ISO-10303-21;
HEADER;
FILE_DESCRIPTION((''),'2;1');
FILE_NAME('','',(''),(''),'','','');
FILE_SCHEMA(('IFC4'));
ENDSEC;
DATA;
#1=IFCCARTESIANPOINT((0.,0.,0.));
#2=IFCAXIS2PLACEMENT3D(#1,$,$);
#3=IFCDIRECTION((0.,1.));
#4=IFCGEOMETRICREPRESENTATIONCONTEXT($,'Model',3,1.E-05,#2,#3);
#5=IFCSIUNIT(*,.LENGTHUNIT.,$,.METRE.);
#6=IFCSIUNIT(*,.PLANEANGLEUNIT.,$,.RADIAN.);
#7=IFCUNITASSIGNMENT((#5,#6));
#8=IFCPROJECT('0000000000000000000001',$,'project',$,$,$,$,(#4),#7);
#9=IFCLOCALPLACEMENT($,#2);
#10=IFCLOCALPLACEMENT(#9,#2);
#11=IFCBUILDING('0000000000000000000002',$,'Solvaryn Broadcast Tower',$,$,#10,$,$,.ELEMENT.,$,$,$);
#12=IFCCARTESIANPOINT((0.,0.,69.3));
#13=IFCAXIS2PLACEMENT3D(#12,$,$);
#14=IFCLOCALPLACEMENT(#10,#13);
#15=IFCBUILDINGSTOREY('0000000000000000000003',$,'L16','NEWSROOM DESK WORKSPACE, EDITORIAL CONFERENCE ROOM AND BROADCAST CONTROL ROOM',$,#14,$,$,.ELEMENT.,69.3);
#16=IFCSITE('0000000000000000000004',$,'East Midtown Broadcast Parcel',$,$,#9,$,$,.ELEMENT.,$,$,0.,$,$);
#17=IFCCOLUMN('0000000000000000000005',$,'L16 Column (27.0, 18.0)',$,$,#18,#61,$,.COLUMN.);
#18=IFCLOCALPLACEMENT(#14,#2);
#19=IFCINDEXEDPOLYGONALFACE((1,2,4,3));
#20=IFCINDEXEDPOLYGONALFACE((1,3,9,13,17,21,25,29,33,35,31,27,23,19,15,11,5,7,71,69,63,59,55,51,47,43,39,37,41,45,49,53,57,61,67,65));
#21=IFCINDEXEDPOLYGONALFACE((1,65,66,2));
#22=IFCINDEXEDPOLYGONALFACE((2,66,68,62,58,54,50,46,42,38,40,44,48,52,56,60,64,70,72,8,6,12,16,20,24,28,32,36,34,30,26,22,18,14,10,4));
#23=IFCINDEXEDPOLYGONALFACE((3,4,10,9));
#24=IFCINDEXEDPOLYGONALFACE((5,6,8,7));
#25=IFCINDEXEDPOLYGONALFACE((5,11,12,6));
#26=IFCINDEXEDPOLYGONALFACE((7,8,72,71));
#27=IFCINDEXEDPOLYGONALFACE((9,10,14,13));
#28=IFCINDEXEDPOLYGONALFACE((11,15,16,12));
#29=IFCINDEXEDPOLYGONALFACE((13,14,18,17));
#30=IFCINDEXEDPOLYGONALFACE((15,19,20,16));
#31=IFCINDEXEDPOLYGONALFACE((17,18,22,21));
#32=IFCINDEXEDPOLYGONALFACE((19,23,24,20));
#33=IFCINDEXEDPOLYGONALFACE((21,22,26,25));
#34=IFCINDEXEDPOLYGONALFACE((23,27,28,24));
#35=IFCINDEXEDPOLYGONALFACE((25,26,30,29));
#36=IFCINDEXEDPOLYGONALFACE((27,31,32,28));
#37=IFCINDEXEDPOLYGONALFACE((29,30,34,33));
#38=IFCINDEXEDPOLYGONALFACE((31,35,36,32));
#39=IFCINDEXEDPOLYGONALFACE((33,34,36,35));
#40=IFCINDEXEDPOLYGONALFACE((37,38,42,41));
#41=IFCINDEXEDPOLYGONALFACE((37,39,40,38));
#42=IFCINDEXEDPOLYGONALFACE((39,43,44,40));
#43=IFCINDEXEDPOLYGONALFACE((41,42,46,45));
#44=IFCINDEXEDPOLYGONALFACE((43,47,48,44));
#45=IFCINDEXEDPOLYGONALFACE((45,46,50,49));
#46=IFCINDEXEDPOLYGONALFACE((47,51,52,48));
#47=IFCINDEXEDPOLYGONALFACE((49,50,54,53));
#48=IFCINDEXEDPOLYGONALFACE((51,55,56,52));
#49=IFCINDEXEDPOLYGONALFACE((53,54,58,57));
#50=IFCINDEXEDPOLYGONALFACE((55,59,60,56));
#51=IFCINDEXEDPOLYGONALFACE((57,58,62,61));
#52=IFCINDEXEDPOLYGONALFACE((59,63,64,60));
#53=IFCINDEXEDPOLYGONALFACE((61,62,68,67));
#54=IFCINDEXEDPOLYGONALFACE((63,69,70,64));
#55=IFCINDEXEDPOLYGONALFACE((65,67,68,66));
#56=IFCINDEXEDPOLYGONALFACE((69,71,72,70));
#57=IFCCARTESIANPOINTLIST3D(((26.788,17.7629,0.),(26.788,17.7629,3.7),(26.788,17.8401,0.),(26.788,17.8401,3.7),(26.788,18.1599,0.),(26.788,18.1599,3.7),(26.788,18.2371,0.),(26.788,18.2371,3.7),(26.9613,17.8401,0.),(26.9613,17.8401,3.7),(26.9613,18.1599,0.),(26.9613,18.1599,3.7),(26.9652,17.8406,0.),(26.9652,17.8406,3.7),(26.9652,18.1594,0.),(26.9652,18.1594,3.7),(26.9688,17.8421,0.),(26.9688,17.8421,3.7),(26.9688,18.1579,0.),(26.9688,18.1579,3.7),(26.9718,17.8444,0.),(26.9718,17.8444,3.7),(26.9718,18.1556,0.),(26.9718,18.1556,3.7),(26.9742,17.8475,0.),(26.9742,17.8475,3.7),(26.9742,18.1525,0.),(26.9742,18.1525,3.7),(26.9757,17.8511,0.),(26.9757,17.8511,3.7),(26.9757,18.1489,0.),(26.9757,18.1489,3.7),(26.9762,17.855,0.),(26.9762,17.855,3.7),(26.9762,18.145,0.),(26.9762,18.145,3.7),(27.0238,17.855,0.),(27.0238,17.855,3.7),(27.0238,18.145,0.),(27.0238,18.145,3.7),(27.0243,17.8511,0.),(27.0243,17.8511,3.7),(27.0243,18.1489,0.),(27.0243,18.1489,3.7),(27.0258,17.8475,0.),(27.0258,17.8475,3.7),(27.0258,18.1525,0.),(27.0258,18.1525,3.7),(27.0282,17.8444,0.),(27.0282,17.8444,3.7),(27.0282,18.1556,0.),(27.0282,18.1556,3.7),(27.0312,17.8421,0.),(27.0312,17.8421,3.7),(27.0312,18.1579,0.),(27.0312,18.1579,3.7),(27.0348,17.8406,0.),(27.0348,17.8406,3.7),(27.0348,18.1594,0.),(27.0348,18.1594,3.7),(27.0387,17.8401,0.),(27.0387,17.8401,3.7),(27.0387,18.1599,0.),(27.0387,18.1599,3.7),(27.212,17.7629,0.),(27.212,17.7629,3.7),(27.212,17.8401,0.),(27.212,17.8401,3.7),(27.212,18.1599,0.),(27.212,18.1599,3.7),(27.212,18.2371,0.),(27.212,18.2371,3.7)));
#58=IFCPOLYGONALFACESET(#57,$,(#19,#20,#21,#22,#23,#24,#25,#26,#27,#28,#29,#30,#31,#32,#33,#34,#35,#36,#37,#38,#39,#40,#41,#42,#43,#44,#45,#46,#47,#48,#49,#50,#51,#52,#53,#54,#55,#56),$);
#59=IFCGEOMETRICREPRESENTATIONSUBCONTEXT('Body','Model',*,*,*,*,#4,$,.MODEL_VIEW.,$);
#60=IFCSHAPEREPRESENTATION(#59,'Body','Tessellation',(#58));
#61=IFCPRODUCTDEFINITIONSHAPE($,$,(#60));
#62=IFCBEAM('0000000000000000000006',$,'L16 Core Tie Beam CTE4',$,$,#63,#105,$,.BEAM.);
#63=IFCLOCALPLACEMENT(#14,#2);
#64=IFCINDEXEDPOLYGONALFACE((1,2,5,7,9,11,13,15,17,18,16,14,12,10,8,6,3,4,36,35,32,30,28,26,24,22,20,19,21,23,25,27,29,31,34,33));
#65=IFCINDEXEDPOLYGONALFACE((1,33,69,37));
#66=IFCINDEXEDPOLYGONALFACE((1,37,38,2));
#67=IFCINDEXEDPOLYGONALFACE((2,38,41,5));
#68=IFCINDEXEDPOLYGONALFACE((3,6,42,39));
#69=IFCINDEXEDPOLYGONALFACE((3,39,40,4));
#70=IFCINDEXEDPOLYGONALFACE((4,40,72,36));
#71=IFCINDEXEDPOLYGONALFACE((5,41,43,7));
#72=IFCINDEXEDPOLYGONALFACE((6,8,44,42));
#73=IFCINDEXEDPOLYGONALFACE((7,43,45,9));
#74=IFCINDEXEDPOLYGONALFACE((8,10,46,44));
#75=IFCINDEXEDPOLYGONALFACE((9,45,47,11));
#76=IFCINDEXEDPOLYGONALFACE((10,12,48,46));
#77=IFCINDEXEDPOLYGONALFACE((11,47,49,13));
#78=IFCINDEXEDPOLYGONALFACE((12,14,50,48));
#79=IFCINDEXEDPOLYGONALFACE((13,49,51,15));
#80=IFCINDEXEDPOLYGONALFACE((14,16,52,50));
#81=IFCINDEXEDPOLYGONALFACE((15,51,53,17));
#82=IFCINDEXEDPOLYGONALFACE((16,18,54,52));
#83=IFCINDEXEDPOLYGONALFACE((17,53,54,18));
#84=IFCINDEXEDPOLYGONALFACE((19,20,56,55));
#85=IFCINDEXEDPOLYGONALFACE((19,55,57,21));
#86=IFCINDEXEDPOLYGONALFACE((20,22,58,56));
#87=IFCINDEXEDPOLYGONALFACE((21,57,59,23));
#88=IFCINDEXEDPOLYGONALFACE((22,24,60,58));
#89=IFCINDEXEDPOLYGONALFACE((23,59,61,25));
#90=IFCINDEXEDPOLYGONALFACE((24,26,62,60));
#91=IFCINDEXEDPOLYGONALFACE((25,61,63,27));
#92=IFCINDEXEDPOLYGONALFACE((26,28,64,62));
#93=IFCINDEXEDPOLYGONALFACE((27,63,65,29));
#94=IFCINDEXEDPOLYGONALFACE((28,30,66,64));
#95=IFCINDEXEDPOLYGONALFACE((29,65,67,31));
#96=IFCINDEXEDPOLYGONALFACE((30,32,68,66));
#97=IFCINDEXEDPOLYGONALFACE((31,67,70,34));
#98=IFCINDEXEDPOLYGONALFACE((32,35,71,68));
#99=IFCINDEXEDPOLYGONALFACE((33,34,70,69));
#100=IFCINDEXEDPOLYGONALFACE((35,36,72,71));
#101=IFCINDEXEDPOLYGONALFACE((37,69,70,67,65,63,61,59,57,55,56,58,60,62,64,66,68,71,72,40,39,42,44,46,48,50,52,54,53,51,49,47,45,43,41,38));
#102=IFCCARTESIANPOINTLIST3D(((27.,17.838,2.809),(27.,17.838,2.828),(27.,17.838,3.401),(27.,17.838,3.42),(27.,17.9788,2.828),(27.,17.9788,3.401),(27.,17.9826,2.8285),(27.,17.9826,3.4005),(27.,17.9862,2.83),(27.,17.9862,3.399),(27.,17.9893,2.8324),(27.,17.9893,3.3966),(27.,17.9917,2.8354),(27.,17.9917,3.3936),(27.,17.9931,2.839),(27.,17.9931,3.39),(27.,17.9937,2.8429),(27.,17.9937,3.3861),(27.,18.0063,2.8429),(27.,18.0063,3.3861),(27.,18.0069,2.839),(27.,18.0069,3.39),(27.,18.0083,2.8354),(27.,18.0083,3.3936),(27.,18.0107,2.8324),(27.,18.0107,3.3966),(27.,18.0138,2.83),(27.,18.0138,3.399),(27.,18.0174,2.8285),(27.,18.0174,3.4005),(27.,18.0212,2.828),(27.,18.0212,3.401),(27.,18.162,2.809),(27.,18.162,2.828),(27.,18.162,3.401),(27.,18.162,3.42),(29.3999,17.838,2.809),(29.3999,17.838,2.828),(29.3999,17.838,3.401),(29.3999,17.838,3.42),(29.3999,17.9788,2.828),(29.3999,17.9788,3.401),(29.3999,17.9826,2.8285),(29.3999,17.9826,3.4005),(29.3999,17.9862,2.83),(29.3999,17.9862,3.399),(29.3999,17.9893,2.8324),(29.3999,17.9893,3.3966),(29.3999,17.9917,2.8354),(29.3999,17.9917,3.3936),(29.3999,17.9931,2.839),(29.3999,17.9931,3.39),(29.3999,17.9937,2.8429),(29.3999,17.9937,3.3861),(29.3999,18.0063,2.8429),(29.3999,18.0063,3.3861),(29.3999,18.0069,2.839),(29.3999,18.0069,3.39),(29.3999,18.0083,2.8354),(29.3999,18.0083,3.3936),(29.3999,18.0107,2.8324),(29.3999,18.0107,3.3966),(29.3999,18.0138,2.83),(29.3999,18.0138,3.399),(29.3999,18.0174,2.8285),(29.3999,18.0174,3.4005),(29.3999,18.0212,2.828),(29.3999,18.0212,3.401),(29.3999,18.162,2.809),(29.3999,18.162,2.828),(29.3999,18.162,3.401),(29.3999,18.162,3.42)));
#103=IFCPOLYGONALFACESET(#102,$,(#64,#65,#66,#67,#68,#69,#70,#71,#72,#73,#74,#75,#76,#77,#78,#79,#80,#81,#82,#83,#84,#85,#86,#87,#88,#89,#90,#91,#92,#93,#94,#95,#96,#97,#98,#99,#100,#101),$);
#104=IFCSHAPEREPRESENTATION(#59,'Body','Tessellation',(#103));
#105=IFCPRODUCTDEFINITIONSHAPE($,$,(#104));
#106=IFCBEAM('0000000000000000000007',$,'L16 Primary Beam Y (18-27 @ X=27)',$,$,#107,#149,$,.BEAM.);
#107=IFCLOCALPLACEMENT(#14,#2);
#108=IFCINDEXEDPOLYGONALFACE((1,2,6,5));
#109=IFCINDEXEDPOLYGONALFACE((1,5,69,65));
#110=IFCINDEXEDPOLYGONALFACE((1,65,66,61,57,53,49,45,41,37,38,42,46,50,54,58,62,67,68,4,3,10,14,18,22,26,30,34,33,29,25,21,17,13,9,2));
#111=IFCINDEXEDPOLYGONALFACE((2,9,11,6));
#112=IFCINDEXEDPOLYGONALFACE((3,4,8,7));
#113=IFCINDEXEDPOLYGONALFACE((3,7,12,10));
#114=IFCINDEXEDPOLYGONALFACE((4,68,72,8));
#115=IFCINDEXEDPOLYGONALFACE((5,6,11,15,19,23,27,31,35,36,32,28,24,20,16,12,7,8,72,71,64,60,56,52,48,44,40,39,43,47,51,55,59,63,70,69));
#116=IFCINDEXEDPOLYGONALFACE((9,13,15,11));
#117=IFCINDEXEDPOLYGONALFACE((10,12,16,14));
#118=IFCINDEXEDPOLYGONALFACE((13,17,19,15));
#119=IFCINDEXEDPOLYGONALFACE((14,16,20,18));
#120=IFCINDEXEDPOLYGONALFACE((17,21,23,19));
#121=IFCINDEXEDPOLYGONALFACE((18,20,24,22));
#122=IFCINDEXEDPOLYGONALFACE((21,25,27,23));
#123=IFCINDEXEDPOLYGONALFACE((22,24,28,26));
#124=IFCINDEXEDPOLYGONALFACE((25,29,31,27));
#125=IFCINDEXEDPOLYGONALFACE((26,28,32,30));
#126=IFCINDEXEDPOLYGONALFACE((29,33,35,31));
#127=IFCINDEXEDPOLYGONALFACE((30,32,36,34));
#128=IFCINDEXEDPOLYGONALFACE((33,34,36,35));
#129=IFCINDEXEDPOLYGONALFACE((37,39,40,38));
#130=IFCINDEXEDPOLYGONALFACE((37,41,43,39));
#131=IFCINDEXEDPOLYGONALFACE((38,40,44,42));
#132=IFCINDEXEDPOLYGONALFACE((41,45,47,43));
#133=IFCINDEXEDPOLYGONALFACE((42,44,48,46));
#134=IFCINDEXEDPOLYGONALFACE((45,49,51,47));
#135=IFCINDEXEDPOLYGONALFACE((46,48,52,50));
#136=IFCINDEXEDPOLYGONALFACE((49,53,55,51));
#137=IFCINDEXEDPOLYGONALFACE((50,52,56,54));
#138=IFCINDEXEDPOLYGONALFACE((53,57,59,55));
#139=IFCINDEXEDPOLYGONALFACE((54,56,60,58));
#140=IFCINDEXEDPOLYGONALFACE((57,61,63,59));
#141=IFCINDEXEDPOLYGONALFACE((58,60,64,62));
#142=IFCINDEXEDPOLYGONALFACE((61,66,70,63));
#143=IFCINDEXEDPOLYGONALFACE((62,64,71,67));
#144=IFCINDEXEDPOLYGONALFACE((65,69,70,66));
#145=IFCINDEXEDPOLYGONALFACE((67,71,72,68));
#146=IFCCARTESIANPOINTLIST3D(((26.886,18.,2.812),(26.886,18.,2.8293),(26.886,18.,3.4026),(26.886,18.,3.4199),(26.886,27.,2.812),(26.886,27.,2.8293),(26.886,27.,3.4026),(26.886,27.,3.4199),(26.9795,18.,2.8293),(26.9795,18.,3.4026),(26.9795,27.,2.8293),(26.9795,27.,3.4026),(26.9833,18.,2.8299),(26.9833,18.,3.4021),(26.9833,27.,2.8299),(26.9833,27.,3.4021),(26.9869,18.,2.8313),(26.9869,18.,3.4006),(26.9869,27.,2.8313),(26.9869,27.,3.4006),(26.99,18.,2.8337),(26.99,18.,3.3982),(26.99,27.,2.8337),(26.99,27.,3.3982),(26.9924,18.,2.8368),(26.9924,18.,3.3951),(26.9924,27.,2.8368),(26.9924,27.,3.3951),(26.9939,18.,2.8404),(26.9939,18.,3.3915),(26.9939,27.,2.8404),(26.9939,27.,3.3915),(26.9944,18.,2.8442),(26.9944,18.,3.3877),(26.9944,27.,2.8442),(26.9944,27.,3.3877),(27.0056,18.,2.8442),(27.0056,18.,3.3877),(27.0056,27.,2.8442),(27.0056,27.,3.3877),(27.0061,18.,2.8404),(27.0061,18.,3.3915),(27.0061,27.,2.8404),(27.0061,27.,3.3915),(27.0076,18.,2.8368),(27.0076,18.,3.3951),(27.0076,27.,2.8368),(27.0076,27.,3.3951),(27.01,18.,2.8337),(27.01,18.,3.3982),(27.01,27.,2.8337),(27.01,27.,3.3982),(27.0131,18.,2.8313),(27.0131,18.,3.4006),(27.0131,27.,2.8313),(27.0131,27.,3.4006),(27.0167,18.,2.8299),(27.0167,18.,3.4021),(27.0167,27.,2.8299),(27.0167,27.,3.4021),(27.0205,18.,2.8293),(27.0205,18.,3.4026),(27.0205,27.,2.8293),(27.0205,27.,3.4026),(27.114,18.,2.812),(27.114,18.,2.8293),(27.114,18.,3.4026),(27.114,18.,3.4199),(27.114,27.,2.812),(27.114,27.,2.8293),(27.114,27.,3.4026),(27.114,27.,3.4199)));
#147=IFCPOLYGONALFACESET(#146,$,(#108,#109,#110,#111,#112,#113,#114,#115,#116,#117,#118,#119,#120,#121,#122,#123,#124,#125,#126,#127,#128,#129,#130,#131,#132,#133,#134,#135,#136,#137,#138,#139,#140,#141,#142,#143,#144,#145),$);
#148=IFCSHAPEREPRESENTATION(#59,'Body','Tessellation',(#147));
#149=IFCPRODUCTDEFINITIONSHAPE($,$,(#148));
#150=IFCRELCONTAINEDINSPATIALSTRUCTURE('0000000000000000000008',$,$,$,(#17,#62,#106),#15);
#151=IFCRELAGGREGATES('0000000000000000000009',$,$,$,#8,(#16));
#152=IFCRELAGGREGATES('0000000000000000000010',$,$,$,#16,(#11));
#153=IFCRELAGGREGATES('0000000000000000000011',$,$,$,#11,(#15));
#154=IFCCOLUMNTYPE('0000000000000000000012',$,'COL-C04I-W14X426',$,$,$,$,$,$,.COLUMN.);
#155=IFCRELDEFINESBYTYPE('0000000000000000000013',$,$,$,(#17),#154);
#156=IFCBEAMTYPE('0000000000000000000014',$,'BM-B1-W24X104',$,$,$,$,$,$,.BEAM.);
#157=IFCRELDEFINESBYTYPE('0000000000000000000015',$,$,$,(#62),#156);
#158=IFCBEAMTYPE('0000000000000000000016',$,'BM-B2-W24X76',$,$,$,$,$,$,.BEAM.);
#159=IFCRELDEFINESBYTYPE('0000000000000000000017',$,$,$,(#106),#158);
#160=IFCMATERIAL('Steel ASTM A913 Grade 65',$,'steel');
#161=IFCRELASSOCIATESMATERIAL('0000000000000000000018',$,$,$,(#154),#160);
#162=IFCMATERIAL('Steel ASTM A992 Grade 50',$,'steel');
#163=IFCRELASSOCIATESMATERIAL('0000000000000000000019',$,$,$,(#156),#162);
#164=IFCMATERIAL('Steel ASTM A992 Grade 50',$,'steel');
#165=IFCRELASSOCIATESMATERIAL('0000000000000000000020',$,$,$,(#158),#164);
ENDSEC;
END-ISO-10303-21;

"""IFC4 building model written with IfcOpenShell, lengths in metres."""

from ifc_helpers import new_model, si_unit, direction, frame, origin, origin_2d, place, context, subcontext, project, spatial, i_section, extrude, material, material_profile, profile_set, type_object, element, save


model = new_model("IFC4")

# Units and contexts
model_context = context("Model", 3, precision=1e-05, world=origin(), true_north=direction((0.0, 1.0)))
body_context = subcontext(model_context, "Body", "Model", "MODEL_VIEW")
ifc_project = project(units=[si_unit("LENGTHUNIT", "METRE"), si_unit("PLANEANGLEUNIT", "RADIAN")], contexts=[model_context])

# Site, building, storey
site_placement = place(None, origin())
site = spatial("IfcSite", under=ifc_project, at=site_placement, Name="East Midtown Broadcast Parcel", CompositionType="ELEMENT", RefElevation=0.0)
building_placement = place(site_placement, origin())
building = spatial("IfcBuilding", under=site, at=building_placement, Name="Solvaryn Broadcast Tower", CompositionType="ELEMENT")
storey_placement = place(building_placement, frame((0.0, 0.0, 69.3)))
storey = spatial("IfcBuildingStorey", under=building, at=storey_placement, Name="L16", Description="NEWSROOM DESK WORKSPACE, EDITORIAL CONFERENCE ROOM AND BROADCAST CONTROL ROOM", CompositionType="ELEMENT", Elevation=69.3)

# Column
ifc_material_1 = material(Name="Steel ASTM A913 Grade 65", Category="steel")
ifc_material_profile_1 = material_profile(ifc_material_1, i_section(OverallWidth=0.4241, OverallDepth=0.4741, WebThickness=0.0476, FlangeThickness=0.0771, FilletRadius=0.0149, at=origin_2d()))
ifc_profile_set_1 = profile_set([ifc_material_profile_1], Name="Steel ASTM A913 Grade 65")
column_type = type_object("IfcColumnType", Name="COL-C04I-W14X426", PredefinedType="COLUMN", material=ifc_profile_set_1)
column_placement = place(storey_placement, frame((27.0, 18.0, 0.0), z_axis=(0.0, 0.0, 1.0), x_axis=(1.0, 0.0, 0.0)))
element("IfcColumn", 1, at=column_placement, inside=storey, type_object=column_type, Name="L16 Column (27.0, 18.0)", PredefinedType="COLUMN", context=body_context, shape_type="SweptSolid", body=[
    extrude(i_section(OverallWidth=0.4241, OverallDepth=0.4741, WebThickness=0.0476, FlangeThickness=0.0771, FilletRadius=0.0149, at=origin_2d()), origin(), (0.0, 0.0, 1.0), 3.7),
])

# Beams
ifc_material_2 = material(Name="Steel ASTM A992 Grade 50", Category="steel")
ifc_material_profile_2 = material_profile(ifc_material_2, i_section(OverallWidth=0.324, OverallDepth=0.6111, WebThickness=0.0127, FlangeThickness=0.019, FilletRadius=0.0149, at=origin_2d()))
ifc_profile_set_2 = profile_set([ifc_material_profile_2], Name="Steel ASTM A992 Grade 50")
beam_type_1 = type_object("IfcBeamType", Name="BM-B1-W24X104", PredefinedType="BEAM", material=ifc_profile_set_2)
beam_1_placement = place(storey_placement, frame((27.0, 18.0, 3.1145), z_axis=(1.0, 0.0, 0.0), x_axis=(0.0, 1.0, 0.0)))
element("IfcBeam", 2, at=beam_1_placement, inside=storey, type_object=beam_type_1, Name="L16 Core Tie Beam CTE4", PredefinedType="BEAM", context=body_context, shape_type="SweptSolid", body=[
    extrude(i_section(OverallWidth=0.324, OverallDepth=0.6111, WebThickness=0.0127, FlangeThickness=0.019, FilletRadius=0.0149, at=origin_2d()), origin(), (0.0, 0.0, 1.0), 2.3999),
])
ifc_material_3 = material(Name="Steel ASTM A992 Grade 50", Category="steel")
ifc_material_profile_3 = material_profile(ifc_material_3, i_section(OverallWidth=0.228, OverallDepth=0.6079, WebThickness=0.0112, FlangeThickness=0.0173, FilletRadius=0.0149, at=origin_2d()))
ifc_profile_set_3 = profile_set([ifc_material_profile_3], Name="Steel ASTM A992 Grade 50")
beam_type_2 = type_object("IfcBeamType", Name="BM-B2-W24X76", PredefinedType="BEAM", material=ifc_profile_set_3)
beam_2_placement = place(storey_placement, frame((27.0, 18.0, 3.116), z_axis=(0.0, 1.0, 0.0), x_axis=(-1.0, 0.0, 0.0)))
element("IfcBeam", 3, at=beam_2_placement, inside=storey, type_object=beam_type_2, Name="L16 Primary Beam Y (18-27 @ X=27)", PredefinedType="BEAM", context=body_context, shape_type="SweptSolid", body=[
    extrude(i_section(OverallWidth=0.228, OverallDepth=0.6079, WebThickness=0.0112, FlangeThickness=0.0173, FilletRadius=0.0149, at=origin_2d()), origin(), (0.0, 0.0, 1.0), 9.0),
])

save(model, "model.ifc")
